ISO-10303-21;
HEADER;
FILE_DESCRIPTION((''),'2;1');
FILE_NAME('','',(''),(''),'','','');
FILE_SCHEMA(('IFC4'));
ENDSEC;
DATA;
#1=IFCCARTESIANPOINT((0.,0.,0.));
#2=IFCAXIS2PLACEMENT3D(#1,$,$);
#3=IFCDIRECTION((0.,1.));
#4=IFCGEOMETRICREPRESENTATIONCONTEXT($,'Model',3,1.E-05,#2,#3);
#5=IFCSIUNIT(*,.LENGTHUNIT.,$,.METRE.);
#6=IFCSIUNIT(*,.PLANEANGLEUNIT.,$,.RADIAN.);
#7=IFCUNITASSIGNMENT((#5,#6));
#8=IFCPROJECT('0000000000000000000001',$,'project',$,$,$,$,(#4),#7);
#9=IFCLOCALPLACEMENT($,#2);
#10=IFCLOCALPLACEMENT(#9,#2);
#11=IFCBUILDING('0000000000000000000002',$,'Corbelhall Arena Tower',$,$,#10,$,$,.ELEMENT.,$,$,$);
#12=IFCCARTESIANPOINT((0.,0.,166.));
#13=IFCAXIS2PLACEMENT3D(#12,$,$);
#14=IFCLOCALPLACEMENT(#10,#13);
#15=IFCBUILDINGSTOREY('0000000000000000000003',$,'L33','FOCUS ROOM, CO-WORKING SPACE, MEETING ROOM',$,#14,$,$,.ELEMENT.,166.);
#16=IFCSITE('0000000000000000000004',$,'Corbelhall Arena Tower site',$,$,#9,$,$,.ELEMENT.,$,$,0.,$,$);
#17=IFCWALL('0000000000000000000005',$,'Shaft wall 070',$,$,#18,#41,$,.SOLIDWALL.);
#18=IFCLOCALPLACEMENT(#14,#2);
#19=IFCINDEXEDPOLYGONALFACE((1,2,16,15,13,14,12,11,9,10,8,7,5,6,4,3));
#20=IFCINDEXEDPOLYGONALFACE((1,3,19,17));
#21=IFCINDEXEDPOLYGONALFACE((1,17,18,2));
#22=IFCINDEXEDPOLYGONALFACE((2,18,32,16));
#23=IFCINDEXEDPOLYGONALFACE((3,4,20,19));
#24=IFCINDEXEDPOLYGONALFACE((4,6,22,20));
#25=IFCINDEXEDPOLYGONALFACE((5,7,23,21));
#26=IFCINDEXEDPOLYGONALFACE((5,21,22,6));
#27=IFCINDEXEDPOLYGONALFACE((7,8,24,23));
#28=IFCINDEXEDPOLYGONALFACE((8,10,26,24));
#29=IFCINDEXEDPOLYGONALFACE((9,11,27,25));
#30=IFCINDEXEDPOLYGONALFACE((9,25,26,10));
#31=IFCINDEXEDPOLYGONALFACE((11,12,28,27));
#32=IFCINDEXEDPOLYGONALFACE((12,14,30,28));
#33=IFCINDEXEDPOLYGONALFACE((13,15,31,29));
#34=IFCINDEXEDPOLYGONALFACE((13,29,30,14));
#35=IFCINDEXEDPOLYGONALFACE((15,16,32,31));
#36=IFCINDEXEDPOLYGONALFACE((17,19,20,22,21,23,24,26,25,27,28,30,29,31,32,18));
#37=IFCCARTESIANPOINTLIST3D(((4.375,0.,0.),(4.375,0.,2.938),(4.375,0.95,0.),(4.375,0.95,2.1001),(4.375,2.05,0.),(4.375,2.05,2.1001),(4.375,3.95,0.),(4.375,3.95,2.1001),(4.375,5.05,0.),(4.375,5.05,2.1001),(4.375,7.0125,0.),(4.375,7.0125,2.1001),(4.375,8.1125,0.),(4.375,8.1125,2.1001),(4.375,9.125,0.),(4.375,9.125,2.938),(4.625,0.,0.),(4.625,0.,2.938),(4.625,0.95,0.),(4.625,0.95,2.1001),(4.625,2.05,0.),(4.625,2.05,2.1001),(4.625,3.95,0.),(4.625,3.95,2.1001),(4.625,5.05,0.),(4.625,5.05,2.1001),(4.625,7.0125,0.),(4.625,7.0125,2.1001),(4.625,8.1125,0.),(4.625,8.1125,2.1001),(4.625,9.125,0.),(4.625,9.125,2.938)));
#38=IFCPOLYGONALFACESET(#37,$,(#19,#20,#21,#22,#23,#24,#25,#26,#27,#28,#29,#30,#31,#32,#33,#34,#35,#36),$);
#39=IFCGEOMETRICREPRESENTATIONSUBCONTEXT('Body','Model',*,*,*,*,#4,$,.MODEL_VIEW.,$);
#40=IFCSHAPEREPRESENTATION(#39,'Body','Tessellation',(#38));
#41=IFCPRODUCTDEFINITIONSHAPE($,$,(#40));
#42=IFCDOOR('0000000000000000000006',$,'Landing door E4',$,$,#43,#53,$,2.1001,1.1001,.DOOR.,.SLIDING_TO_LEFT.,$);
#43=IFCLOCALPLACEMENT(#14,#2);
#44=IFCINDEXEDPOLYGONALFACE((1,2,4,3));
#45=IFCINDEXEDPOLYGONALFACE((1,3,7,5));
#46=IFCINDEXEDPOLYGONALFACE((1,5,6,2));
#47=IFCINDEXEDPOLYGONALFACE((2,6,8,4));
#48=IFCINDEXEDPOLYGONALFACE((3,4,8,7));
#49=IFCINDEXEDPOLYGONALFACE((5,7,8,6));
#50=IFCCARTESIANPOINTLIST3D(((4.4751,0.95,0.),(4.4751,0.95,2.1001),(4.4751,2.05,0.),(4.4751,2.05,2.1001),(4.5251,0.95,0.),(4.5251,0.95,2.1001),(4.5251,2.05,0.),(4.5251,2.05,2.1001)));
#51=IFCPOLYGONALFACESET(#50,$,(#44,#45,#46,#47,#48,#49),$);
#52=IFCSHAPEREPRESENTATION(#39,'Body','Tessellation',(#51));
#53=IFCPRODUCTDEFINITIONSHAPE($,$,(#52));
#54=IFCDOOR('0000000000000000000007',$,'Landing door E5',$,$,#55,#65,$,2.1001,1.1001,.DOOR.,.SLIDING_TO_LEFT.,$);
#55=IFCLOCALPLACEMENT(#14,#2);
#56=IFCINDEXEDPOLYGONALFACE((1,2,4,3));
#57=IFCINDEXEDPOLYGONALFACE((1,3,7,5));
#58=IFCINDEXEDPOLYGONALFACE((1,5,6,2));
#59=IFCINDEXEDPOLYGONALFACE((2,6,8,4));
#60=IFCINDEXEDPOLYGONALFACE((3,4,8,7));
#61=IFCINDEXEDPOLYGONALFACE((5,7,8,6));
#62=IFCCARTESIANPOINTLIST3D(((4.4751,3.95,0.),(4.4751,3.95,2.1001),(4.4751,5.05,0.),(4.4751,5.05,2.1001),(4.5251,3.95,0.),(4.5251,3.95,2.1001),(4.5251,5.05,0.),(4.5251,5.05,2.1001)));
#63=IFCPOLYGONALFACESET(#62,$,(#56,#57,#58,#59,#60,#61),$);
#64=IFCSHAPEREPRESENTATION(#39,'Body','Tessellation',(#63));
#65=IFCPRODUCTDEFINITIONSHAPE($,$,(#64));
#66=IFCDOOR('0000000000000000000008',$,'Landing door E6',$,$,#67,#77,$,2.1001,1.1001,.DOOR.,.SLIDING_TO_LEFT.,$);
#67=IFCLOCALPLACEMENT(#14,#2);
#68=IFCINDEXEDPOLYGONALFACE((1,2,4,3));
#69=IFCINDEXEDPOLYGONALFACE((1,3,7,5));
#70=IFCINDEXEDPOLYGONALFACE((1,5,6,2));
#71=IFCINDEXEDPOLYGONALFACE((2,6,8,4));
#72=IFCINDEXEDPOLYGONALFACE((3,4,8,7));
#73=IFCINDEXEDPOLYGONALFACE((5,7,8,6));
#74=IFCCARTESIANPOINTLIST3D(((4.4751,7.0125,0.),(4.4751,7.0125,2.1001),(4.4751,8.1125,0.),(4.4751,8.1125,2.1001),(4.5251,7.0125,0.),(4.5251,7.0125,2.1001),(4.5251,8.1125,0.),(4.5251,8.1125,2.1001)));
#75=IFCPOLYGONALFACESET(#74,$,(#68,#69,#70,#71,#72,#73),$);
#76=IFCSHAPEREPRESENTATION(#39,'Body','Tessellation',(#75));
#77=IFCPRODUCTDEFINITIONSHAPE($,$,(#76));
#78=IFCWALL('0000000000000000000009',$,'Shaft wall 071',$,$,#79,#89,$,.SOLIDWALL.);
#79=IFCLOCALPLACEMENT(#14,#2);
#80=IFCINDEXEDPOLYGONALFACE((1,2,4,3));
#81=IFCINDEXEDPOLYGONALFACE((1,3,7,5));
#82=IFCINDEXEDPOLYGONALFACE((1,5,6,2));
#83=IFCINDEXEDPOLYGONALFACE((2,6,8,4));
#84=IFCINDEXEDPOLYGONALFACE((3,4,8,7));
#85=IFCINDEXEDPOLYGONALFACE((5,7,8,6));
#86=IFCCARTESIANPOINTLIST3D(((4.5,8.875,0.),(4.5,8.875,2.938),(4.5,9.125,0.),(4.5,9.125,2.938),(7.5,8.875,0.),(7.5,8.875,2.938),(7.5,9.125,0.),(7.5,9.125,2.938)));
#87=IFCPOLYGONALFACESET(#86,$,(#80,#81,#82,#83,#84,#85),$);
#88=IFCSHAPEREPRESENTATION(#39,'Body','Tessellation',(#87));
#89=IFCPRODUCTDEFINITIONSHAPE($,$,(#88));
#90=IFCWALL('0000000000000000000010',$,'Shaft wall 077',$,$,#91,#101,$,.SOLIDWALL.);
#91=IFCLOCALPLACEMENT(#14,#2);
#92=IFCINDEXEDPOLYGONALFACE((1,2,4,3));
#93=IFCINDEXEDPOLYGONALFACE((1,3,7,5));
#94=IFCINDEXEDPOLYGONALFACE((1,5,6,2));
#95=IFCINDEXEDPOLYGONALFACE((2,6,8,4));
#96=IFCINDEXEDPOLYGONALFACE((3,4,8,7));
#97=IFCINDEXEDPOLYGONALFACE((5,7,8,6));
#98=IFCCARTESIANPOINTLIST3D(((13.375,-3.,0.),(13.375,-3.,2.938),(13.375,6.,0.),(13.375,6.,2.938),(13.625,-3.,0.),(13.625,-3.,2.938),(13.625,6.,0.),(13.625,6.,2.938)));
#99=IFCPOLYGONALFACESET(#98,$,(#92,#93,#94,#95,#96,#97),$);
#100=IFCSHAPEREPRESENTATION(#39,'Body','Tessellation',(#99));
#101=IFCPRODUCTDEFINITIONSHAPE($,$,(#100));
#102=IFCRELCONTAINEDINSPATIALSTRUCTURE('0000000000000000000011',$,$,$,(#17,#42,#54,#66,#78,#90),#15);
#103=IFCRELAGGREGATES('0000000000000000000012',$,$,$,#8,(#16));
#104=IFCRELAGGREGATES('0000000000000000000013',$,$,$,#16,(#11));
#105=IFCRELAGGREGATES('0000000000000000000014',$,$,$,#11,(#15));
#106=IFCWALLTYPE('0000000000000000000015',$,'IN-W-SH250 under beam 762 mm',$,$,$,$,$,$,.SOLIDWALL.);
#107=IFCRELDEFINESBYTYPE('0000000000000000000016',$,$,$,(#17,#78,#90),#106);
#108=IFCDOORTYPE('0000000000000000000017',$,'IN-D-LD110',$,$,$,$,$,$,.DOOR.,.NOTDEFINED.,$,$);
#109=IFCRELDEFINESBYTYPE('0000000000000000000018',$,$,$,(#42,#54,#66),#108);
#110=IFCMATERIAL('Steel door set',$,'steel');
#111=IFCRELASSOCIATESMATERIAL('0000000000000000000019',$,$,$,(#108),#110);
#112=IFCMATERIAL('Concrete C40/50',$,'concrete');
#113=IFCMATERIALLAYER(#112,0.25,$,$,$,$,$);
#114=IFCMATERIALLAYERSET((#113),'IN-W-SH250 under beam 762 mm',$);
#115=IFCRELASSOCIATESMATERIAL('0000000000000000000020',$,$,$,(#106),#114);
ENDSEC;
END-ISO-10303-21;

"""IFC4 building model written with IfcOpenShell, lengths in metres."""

from ifc_helpers import new_model, si_unit, direction, frame, frame_2d, origin, place, context, subcontext, project, spatial, rectangle, extrude, material, layer, layer_set, type_object, element, fill, save


model = new_model("IFC4")

# Units and contexts
model_context = context("Model", 3, precision=1e-05, world=origin(), true_north=direction((0.0, 1.0)))
body_context = subcontext(model_context, "Body", "Model", "MODEL_VIEW")
ifc_project = project(units=[si_unit("LENGTHUNIT", "METRE"), si_unit("PLANEANGLEUNIT", "RADIAN")], contexts=[model_context])

# Site, building, storey
site_placement = place(None, origin())
site = spatial("IfcSite", under=ifc_project, at=site_placement, Name="Corbelhall Arena Tower site", CompositionType="ELEMENT", RefElevation=0.0)
building_placement = place(site_placement, origin())
building = spatial("IfcBuilding", under=site, at=building_placement, Name="Corbelhall Arena Tower", CompositionType="ELEMENT")
storey_placement = place(building_placement, frame((0.0, 0.0, 166.0)))
storey = spatial("IfcBuildingStorey", under=building, at=storey_placement, Name="L33", Description="FOCUS ROOM, CO-WORKING SPACE, MEETING ROOM", CompositionType="ELEMENT", Elevation=166.0)

# Shared definitions
ifc_material_1 = material(Name="Concrete C40/50", Category="concrete")

# Shared definitions
ifc_material_2 = material(Name="Steel door set", Category="steel")

# Shared definitions
door_type_1 = type_object("IfcDoorType", Name="IN-D-LD110", OperationType="NOTDEFINED", PredefinedType="DOOR", material=ifc_material_2)

# Wall, openings, doors
ifc_layer_1 = layer(ifc_material_1, 0.25)
ifc_layer_set_1 = layer_set([ifc_layer_1], Name="IN-W-SH250 under beam 762 mm")
wall_type_1 = type_object("IfcWallType", Name="IN-W-SH250 under beam 762 mm", PredefinedType="SOLIDWALL", material=ifc_layer_set_1)
wall_1_placement = place(storey_placement, frame((4.5, 0.0, 0.0), z_axis=(0.0, 0.0, 1.0), x_axis=(0.0, 1.0, 0.0)))
wall_1 = element("IfcWall", 1, at=wall_1_placement, inside=storey, type_object=wall_type_1, Name="Shaft wall 070", PredefinedType="SOLIDWALL", context=body_context, shape_type="SweptSolid", body=[
    extrude(rectangle(XDim=9.125, YDim=0.25, at=frame_2d((4.5625, 0.0))), origin(), (0.0, 0.0, 1.0), 2.938),
])
opening_1_placement = place(wall_1_placement, frame((0.95, 0.0, 0.0)))
opening_1 = element("IfcOpeningElement", 2, at=opening_1_placement, cuts=wall_1, PredefinedType="OPENING", context=body_context, shape_type="SweptSolid", body=[
    extrude(rectangle(XDim=1.1001, YDim=2.1001, at=frame_2d((0.55, 1.05))), frame((0.0, 0.125, 0.0), z_axis=(0.0, -1.0, 0.0), x_axis=(1.0, 0.0, 0.0)), (0.0, 0.0, 1.0), 0.25),
])
opening_2_placement = place(wall_1_placement, frame((3.95, 0.0, 0.0)))
opening_2 = element("IfcOpeningElement", 3, at=opening_2_placement, cuts=wall_1, PredefinedType="OPENING", context=body_context, shape_type="SweptSolid", body=[
    extrude(rectangle(XDim=1.1001, YDim=2.1001, at=frame_2d((0.55, 1.05))), frame((0.0, 0.125, 0.0), z_axis=(0.0, -1.0, 0.0), x_axis=(1.0, 0.0, 0.0)), (0.0, 0.0, 1.0), 0.25),
])
opening_3_placement = place(wall_1_placement, frame((7.0125, 0.0, 0.0)))
opening_3 = element("IfcOpeningElement", 4, at=opening_3_placement, cuts=wall_1, PredefinedType="OPENING", context=body_context, shape_type="SweptSolid", body=[
    extrude(rectangle(XDim=1.1001, YDim=2.1001, at=frame_2d((0.55, 1.05))), frame((0.0, 0.125, 0.0), z_axis=(0.0, -1.0, 0.0), x_axis=(1.0, 0.0, 0.0)), (0.0, 0.0, 1.0), 0.25),
])
door_1_placement = place(opening_1_placement, origin())
door_1 = element("IfcDoor", 5, at=door_1_placement, inside=storey, type_object=door_type_1, Name="Landing door E4", OperationType="SLIDING_TO_LEFT", OverallHeight=2.1001, OverallWidth=1.1001, PredefinedType="DOOR", context=body_context, shape_type="SweptSolid", body=[
    extrude(rectangle(XDim=1.1001, YDim=2.1001, at=frame_2d((0.55, 1.05))), frame((0.0, 0.0249, 0.0), z_axis=(0.0, -1.0, 0.0), x_axis=(1.0, 0.0, 0.0)), (0.0, 0.0, 1.0), 0.05),
])
fill(opening_1, door_1)
door_2_placement = place(opening_2_placement, origin())
door_2 = element("IfcDoor", 6, at=door_2_placement, inside=storey, type_object=door_type_1, Name="Landing door E5", OperationType="SLIDING_TO_LEFT", OverallHeight=2.1001, OverallWidth=1.1001, PredefinedType="DOOR", context=body_context, shape_type="SweptSolid", body=[
    extrude(rectangle(XDim=1.1001, YDim=2.1001, at=frame_2d((0.55, 1.05))), frame((0.0, 0.0249, 0.0), z_axis=(0.0, -1.0, 0.0), x_axis=(1.0, 0.0, 0.0)), (0.0, 0.0, 1.0), 0.05),
])
fill(opening_2, door_2)
door_3_placement = place(opening_3_placement, origin())
door_3 = element("IfcDoor", 7, at=door_3_placement, inside=storey, type_object=door_type_1, Name="Landing door E6", OperationType="SLIDING_TO_LEFT", OverallHeight=2.1001, OverallWidth=1.1001, PredefinedType="DOOR", context=body_context, shape_type="SweptSolid", body=[
    extrude(rectangle(XDim=1.1001, YDim=2.1001, at=frame_2d((0.55, 1.05))), frame((0.0, 0.0249, 0.0), z_axis=(0.0, -1.0, 0.0), x_axis=(1.0, 0.0, 0.0)), (0.0, 0.0, 1.0), 0.05),
])
fill(opening_3, door_3)

# Walls
wall_2_placement = place(storey_placement, frame((4.5, 9.0, 0.0), z_axis=(0.0, 0.0, 1.0), x_axis=(1.0, 0.0, 0.0)))
element("IfcWall", 8, at=wall_2_placement, inside=storey, type_object=wall_type_1, Name="Shaft wall 071", PredefinedType="SOLIDWALL", context=body_context, shape_type="SweptSolid", body=[
    extrude(rectangle(XDim=3.0, YDim=0.25, at=frame_2d((1.5, 0.0))), origin(), (0.0, 0.0, 1.0), 2.938),
])
wall_3_placement = place(storey_placement, frame((13.5, 6.0, 0.0), z_axis=(0.0, 0.0, 1.0), x_axis=(0.0, -1.0, 0.0)))
element("IfcWall", 9, at=wall_3_placement, inside=storey, type_object=wall_type_1, Name="Shaft wall 077", PredefinedType="SOLIDWALL", context=body_context, shape_type="SweptSolid", body=[
    extrude(rectangle(XDim=9.0, YDim=0.25, at=frame_2d((4.5, 0.0))), origin(), (0.0, 0.0, 1.0), 2.938),
])

save(model, "model.ifc")
